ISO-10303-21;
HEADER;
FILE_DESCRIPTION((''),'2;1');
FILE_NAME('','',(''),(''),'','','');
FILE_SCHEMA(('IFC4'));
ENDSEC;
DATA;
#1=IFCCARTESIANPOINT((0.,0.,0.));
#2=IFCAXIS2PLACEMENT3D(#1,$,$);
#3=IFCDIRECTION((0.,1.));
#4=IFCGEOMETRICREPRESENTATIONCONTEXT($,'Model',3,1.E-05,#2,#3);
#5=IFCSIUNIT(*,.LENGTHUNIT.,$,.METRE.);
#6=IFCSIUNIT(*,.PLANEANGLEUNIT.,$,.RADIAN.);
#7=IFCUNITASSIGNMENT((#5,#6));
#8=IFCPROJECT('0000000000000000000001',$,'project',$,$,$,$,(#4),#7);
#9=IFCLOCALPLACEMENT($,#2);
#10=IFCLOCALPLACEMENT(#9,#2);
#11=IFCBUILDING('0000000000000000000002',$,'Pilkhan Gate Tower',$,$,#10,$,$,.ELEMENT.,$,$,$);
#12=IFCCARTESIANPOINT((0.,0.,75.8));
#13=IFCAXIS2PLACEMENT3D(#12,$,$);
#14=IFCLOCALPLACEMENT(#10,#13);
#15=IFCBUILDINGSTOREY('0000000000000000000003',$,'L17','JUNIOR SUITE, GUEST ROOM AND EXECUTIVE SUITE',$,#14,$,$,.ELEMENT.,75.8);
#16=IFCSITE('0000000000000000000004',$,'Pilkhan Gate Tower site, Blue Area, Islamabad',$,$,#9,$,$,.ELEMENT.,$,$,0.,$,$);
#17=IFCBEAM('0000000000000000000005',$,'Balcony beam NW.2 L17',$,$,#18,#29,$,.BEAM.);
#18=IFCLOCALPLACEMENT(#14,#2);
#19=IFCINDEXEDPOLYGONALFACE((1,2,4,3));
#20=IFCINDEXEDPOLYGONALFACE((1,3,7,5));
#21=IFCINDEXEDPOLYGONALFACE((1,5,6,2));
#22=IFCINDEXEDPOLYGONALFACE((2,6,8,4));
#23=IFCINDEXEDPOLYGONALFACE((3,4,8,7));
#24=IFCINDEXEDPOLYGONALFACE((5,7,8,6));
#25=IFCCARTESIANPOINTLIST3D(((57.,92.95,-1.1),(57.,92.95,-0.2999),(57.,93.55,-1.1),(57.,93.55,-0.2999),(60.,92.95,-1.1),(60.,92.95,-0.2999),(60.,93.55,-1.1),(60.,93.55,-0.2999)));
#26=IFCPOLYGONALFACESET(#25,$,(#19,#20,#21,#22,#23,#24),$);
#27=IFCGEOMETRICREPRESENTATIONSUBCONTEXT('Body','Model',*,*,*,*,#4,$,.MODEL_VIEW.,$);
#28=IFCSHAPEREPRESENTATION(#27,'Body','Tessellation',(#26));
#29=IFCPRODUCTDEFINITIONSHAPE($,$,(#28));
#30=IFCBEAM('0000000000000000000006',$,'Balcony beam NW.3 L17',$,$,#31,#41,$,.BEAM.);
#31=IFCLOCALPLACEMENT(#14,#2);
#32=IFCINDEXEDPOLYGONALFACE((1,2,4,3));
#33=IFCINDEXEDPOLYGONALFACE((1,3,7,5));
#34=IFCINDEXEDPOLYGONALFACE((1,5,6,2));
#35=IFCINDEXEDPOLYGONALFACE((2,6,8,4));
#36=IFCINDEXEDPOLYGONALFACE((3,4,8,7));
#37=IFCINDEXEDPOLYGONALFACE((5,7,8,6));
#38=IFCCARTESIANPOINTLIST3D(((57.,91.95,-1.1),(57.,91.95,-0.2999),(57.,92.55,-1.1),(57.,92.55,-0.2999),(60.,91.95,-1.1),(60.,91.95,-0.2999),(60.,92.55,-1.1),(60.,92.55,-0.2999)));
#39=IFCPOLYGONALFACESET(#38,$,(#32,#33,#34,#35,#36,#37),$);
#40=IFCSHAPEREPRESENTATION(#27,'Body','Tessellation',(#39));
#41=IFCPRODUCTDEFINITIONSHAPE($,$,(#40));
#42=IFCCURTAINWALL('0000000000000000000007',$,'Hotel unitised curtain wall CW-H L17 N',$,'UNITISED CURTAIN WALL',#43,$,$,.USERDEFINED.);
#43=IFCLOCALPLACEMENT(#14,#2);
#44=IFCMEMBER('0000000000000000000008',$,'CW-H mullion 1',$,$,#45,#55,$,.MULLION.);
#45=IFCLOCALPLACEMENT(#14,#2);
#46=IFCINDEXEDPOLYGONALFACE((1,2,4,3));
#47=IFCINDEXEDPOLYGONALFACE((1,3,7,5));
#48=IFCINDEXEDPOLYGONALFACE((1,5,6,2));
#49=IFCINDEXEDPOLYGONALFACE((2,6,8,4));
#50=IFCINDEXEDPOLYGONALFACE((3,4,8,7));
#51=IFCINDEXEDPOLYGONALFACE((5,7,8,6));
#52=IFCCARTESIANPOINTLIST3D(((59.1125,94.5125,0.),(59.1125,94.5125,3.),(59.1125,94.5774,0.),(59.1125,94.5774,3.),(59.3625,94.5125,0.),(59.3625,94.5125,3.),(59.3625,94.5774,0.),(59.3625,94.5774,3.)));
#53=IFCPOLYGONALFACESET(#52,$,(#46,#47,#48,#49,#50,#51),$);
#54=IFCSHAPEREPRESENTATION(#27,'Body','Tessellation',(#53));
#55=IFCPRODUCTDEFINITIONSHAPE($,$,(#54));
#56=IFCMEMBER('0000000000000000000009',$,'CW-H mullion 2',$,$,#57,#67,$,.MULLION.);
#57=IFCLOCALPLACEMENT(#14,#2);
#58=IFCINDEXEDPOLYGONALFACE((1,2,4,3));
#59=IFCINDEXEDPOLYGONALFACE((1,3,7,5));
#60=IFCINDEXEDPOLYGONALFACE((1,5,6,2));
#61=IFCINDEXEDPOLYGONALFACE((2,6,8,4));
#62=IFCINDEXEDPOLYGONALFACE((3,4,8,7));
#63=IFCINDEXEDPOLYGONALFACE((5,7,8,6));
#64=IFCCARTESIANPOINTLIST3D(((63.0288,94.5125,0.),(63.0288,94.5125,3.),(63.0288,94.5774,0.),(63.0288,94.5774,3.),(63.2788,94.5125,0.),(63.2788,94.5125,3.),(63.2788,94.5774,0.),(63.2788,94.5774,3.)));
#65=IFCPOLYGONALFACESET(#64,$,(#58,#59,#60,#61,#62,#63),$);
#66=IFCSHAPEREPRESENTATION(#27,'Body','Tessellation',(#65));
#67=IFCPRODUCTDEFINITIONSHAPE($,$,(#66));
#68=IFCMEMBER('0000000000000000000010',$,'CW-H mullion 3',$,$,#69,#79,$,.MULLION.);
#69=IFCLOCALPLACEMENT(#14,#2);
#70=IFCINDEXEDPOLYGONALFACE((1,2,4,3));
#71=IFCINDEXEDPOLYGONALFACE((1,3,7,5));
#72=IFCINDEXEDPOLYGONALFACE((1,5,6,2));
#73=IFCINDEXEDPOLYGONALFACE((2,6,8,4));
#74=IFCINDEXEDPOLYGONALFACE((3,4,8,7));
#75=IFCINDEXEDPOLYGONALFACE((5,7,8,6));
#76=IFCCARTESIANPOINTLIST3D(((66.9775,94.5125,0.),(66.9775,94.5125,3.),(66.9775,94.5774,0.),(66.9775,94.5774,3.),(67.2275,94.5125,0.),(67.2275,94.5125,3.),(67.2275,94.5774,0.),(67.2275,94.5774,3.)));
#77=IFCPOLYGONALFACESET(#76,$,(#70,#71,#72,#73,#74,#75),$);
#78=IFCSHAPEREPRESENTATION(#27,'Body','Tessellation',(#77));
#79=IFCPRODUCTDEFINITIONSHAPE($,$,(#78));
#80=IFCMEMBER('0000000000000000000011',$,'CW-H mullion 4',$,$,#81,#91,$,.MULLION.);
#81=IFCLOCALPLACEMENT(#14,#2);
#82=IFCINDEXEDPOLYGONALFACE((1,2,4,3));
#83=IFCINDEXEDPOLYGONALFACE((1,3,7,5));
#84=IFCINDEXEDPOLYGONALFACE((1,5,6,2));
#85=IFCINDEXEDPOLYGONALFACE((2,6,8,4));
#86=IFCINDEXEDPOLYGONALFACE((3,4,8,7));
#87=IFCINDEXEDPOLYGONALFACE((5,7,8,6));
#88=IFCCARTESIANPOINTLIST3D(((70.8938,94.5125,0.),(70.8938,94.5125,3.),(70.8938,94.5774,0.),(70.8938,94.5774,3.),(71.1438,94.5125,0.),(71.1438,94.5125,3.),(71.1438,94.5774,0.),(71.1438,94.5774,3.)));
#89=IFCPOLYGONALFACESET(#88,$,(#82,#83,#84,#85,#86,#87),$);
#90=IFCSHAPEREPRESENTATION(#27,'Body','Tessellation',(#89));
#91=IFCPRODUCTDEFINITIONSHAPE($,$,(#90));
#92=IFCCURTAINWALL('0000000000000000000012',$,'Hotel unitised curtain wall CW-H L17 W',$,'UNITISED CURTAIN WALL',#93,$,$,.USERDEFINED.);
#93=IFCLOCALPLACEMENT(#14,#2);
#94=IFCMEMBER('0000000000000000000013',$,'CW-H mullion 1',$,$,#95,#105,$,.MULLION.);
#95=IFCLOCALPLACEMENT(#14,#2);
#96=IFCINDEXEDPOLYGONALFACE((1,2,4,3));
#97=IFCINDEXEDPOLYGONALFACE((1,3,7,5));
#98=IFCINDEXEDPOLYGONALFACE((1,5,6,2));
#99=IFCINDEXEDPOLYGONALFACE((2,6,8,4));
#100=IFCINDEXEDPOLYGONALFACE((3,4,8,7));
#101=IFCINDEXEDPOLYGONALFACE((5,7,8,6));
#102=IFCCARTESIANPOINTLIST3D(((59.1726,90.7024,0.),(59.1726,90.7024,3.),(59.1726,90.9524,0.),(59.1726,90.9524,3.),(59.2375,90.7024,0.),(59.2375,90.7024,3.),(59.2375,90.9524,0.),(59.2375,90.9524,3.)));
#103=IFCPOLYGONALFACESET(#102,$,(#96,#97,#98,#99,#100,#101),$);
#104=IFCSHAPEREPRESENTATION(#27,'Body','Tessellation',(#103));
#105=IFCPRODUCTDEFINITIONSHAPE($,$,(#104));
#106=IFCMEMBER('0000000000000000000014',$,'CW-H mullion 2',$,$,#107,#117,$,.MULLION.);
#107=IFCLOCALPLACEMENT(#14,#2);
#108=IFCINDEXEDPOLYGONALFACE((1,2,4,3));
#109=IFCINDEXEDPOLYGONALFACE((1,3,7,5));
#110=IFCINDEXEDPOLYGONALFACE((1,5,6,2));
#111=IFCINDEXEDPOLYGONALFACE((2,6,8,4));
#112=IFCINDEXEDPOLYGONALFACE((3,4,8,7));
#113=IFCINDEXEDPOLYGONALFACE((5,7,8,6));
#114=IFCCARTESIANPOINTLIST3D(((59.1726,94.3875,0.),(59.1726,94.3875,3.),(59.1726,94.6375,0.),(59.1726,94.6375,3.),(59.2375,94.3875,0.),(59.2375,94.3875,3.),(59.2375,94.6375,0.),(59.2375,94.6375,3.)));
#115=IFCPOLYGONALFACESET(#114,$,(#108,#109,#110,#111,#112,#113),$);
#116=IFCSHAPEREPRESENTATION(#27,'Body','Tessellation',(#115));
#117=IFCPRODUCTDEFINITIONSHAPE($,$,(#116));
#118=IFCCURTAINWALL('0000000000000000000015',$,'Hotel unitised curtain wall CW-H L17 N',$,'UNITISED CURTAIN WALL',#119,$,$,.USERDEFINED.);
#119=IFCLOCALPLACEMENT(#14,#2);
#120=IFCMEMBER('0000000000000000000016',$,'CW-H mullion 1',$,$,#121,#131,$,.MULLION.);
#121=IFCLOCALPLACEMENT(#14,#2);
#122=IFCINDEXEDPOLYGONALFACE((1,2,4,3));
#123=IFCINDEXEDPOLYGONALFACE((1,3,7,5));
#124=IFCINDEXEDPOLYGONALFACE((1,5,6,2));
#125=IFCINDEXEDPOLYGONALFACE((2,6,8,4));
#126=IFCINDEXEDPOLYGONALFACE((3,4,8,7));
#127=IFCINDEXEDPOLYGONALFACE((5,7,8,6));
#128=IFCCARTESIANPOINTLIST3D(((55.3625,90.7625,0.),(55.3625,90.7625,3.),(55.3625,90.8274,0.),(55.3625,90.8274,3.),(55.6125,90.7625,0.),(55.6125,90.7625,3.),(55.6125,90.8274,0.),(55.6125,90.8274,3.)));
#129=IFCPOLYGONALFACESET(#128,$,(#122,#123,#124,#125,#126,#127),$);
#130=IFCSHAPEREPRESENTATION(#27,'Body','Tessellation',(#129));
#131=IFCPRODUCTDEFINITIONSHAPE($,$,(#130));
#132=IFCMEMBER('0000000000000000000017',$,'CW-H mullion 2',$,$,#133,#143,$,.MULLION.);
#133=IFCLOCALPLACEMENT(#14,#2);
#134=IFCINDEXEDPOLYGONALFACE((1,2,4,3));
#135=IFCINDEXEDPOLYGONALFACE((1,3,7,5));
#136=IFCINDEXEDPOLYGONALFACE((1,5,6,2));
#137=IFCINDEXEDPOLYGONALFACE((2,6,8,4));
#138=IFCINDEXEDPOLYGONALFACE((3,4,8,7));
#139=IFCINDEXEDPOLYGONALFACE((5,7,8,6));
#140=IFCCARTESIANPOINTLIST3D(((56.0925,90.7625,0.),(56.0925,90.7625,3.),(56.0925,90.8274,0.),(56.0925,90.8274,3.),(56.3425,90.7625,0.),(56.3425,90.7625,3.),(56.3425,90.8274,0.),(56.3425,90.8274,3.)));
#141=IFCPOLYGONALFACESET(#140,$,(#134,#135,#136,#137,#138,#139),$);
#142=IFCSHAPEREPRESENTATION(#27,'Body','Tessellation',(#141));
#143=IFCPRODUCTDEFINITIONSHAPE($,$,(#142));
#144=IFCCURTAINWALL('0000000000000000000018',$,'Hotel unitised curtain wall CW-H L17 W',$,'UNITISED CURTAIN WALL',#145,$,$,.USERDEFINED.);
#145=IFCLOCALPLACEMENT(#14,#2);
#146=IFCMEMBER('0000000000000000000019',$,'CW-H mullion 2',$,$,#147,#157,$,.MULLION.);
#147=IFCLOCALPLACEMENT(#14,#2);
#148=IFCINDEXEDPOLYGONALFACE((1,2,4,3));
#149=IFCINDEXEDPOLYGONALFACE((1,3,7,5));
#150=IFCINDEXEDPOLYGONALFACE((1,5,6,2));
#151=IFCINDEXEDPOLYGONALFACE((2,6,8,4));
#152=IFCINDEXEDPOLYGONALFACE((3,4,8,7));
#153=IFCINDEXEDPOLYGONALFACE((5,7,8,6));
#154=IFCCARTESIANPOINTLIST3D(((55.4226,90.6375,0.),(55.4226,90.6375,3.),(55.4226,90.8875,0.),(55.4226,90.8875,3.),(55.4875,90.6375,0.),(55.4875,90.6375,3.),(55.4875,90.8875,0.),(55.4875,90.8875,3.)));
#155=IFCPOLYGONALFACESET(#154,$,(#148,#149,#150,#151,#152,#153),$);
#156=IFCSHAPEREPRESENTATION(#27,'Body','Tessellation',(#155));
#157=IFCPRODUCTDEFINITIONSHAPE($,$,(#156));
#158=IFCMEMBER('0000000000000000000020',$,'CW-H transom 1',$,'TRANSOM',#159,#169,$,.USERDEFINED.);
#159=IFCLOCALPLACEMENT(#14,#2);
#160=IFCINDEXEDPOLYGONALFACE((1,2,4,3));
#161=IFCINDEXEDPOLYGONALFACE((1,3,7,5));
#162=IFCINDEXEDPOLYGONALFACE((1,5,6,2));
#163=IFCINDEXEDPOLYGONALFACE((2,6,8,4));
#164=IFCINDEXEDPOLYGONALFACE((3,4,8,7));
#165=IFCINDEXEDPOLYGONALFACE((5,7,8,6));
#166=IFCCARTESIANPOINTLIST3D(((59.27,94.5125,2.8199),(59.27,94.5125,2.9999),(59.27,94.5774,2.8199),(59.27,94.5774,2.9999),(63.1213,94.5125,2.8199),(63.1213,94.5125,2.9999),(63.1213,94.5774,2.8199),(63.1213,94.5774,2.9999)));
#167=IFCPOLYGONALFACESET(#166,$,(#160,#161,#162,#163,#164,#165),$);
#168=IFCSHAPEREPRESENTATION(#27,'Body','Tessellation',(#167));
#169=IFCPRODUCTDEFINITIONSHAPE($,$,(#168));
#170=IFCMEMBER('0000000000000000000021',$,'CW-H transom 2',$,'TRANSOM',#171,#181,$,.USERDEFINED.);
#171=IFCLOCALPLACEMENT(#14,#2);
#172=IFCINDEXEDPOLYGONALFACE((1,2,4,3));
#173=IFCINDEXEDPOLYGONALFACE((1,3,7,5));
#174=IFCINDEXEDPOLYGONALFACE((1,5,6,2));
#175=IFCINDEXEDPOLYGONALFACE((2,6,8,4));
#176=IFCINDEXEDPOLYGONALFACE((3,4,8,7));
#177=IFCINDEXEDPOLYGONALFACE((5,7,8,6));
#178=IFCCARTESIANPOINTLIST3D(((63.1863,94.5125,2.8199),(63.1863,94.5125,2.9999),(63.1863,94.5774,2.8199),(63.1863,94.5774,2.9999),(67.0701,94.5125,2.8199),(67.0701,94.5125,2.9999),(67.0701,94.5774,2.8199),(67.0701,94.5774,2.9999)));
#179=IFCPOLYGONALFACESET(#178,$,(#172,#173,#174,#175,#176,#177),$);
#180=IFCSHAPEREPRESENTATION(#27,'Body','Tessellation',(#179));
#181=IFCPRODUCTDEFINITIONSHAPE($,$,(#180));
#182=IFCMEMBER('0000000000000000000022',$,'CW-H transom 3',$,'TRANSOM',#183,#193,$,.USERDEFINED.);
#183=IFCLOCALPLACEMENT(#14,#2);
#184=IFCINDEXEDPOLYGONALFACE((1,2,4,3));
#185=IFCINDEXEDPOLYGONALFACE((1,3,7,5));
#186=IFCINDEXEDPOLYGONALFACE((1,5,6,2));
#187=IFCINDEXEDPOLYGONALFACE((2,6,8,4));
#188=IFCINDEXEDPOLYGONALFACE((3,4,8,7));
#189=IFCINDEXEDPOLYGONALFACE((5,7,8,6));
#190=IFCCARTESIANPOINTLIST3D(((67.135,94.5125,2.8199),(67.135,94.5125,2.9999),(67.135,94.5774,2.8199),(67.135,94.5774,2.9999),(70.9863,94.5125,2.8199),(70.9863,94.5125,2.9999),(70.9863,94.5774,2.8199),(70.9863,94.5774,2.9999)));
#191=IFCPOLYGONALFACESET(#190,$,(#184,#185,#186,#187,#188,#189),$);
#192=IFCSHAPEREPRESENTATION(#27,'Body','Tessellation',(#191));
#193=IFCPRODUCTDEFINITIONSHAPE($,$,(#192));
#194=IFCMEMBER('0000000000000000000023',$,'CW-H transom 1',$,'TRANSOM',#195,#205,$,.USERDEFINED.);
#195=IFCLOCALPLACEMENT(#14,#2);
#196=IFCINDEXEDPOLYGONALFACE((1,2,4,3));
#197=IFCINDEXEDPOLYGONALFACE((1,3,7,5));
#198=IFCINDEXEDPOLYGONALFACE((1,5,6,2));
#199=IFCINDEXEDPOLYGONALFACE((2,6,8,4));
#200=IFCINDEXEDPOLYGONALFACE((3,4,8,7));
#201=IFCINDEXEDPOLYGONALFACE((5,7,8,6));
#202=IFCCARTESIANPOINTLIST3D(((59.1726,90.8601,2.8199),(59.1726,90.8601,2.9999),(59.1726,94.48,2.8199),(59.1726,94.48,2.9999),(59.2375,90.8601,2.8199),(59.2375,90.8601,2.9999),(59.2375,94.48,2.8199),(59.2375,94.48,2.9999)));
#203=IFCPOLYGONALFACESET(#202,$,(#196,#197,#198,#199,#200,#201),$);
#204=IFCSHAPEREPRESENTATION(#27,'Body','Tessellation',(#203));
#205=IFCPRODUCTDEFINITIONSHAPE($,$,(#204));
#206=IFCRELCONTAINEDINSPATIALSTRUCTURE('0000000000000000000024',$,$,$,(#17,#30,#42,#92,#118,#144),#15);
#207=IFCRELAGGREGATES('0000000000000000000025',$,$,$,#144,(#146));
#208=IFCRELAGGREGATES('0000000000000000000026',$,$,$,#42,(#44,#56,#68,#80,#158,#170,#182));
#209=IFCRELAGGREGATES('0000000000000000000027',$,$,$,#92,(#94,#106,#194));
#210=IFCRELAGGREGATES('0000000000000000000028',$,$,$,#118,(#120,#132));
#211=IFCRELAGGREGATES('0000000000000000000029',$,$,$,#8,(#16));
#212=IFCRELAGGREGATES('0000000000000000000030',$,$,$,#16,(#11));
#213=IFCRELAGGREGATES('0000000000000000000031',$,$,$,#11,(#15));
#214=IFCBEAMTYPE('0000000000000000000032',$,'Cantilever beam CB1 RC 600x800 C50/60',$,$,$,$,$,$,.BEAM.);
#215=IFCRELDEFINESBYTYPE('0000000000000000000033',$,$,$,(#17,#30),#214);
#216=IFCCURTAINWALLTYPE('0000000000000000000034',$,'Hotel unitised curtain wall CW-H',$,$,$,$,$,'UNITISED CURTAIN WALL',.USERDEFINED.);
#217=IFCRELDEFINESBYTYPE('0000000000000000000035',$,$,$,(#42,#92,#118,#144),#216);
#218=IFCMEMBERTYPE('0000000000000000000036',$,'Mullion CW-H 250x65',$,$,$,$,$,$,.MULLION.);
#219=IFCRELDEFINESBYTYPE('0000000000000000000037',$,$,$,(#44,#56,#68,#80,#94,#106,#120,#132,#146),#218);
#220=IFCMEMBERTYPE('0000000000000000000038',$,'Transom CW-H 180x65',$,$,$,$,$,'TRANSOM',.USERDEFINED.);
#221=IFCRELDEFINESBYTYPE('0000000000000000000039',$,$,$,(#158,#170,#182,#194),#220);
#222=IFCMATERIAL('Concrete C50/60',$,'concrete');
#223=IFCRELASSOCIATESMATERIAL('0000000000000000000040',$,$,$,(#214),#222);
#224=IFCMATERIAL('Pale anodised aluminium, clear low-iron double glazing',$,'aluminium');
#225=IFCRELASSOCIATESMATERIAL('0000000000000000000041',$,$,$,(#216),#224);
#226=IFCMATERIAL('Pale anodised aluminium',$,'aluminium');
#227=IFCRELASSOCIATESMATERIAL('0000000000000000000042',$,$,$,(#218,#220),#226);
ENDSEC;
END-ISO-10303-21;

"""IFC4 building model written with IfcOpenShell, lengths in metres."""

from ifc_helpers import new_model, si_unit, direction, frame, origin, origin_2d, place, context, subcontext, project, spatial, rectangle, extrude, material, material_profile, profile_set, type_object, element, aggregate, save


model = new_model("IFC4")

# Units and contexts
model_context = context("Model", 3, precision=1e-05, world=origin(), true_north=direction((0.0, 1.0)))
body_context = subcontext(model_context, "Body", "Model", "MODEL_VIEW")
ifc_project = project(units=[si_unit("LENGTHUNIT", "METRE"), si_unit("PLANEANGLEUNIT", "RADIAN")], contexts=[model_context])

# Site, building, storey
site_placement = place(None, origin())
site = spatial("IfcSite", under=ifc_project, at=site_placement, Name="Pilkhan Gate Tower site, Blue Area, Islamabad", CompositionType="ELEMENT", RefElevation=0.0)
building_placement = place(site_placement, origin())
building = spatial("IfcBuilding", under=site, at=building_placement, Name="Pilkhan Gate Tower", CompositionType="ELEMENT")
storey_placement = place(building_placement, frame((0.0, 0.0, 75.8)))
storey = spatial("IfcBuildingStorey", under=building, at=storey_placement, Name="L17", Description="JUNIOR SUITE, GUEST ROOM AND EXECUTIVE SUITE", CompositionType="ELEMENT", Elevation=75.8)

# Beams
ifc_material_1 = material(Name="Concrete C50/60", Category="concrete")
ifc_material_profile_1 = material_profile(ifc_material_1, rectangle(XDim=0.6001, YDim=0.8, at=origin_2d()), Name="RC 600x800")
ifc_profile_set_1 = profile_set([ifc_material_profile_1], Name="Concrete C50/60")
beam_type = type_object("IfcBeamType", Name="Cantilever beam CB1 RC 600x800 C50/60", PredefinedType="BEAM", material=ifc_profile_set_1)
for number, where, z_axis, x_axis, name in (
    (1, (60.0, 93.25, -0.7), (-1.0, 0.0, 0.0), (0.0, -1.0, 0.0), "Balcony beam NW.2 L17"),
    (2, (60.0, 92.25, -0.7), (-1.0, 0.0, 0.0), (0.0, -1.0, 0.0), "Balcony beam NW.3 L17"),
):
    element("IfcBeam", number, at=place(storey_placement, frame(where, z_axis=z_axis, x_axis=x_axis)), inside=storey, type_object=beam_type, Name=name, PredefinedType="BEAM", context=body_context, shape_type="SweptSolid", body=[
        extrude(rectangle(XDim=0.6001, YDim=0.8, at=origin_2d()), origin(), (0.0, 0.0, 1.0), 3.0),
    ])

# Curtain walls, members
ifc_material_2 = material(Name="Pale anodised aluminium, clear low-iron double glazing", Category="aluminium")
curtain_wall_type = type_object("IfcCurtainWallType", Name="Hotel unitised curtain wall CW-H", ElementType="UNITISED CURTAIN WALL", PredefinedType="USERDEFINED", material=ifc_material_2)
curtain_wall_1_placement = place(storey_placement, origin())
curtain_wall_1 = element("IfcCurtainWall", 3, at=curtain_wall_1_placement, inside=storey, type_object=curtain_wall_type, Name="Hotel unitised curtain wall CW-H L17 N", ObjectType="UNITISED CURTAIN WALL", PredefinedType="USERDEFINED")
ifc_material_3 = material(Name="Pale anodised aluminium", Category="aluminium")
ifc_material_profile_2 = material_profile(ifc_material_3, rectangle(XDim=0.0649, YDim=0.25, at=origin_2d()), Name="Mullion 250x65")
ifc_profile_set_2 = profile_set([ifc_material_profile_2], Name="Pale anodised aluminium")
member_type_1 = type_object("IfcMemberType", Name="Mullion CW-H 250x65", PredefinedType="MULLION", material=ifc_profile_set_2)
member_1_placement = place(storey_placement, frame((59.2375, 94.5449, 0.0), z_axis=(0.0, 0.0, 1.0), x_axis=(0.0, 1.0, 0.0)))
member_1 = element("IfcMember", 4, at=member_1_placement, type_object=member_type_1, Name="CW-H mullion 1", PredefinedType="MULLION", context=body_context, shape_type="SweptSolid", body=[
    extrude(rectangle(XDim=0.0649, YDim=0.25, at=origin_2d()), origin(), (0.0, 0.0, 1.0), 3.0),
])
member_2_placement = place(storey_placement, frame((63.1538, 94.5449, 0.0), z_axis=(0.0, 0.0, 1.0), x_axis=(0.0, 1.0, 0.0)))
member_2 = element("IfcMember", 5, at=member_2_placement, type_object=member_type_1, Name="CW-H mullion 2", PredefinedType="MULLION", context=body_context, shape_type="SweptSolid", body=[
    extrude(rectangle(XDim=0.0649, YDim=0.25, at=origin_2d()), origin(), (0.0, 0.0, 1.0), 3.0),
])
member_3_placement = place(storey_placement, frame((67.1025, 94.5449, 0.0), z_axis=(0.0, 0.0, 1.0), x_axis=(0.0, 1.0, 0.0)))
member_3 = element("IfcMember", 6, at=member_3_placement, type_object=member_type_1, Name="CW-H mullion 3", PredefinedType="MULLION", context=body_context, shape_type="SweptSolid", body=[
    extrude(rectangle(XDim=0.0649, YDim=0.25, at=origin_2d()), origin(), (0.0, 0.0, 1.0), 3.0),
])
member_4_placement = place(storey_placement, frame((71.0188, 94.5449, 0.0), z_axis=(0.0, 0.0, 1.0), x_axis=(0.0, 1.0, 0.0)))
member_4 = element("IfcMember", 7, at=member_4_placement, type_object=member_type_1, Name="CW-H mullion 4", PredefinedType="MULLION", context=body_context, shape_type="SweptSolid", body=[
    extrude(rectangle(XDim=0.0649, YDim=0.25, at=origin_2d()), origin(), (0.0, 0.0, 1.0), 3.0),
])
curtain_wall_2_placement = place(storey_placement, origin())
curtain_wall_2 = element("IfcCurtainWall", 8, at=curtain_wall_2_placement, inside=storey, type_object=curtain_wall_type, Name="Hotel unitised curtain wall CW-H L17 W", ObjectType="UNITISED CURTAIN WALL", PredefinedType="USERDEFINED")
member_5_placement = place(storey_placement, frame((59.2051, 90.8274, 0.0), z_axis=(0.0, 0.0, 1.0), x_axis=(-1.0, 0.0, 0.0)))
member_5 = element("IfcMember", 9, at=member_5_placement, type_object=member_type_1, Name="CW-H mullion 1", PredefinedType="MULLION", context=body_context, shape_type="SweptSolid", body=[
    extrude(rectangle(XDim=0.0649, YDim=0.25, at=origin_2d()), origin(), (0.0, 0.0, 1.0), 3.0),
])
member_6_placement = place(storey_placement, frame((59.2051, 94.5125, 0.0), z_axis=(0.0, 0.0, 1.0), x_axis=(-1.0, 0.0, 0.0)))
member_6 = element("IfcMember", 10, at=member_6_placement, type_object=member_type_1, Name="CW-H mullion 2", PredefinedType="MULLION", context=body_context, shape_type="SweptSolid", body=[
    extrude(rectangle(XDim=0.0649, YDim=0.25, at=origin_2d()), origin(), (0.0, 0.0, 1.0), 3.0),
])
curtain_wall_3_placement = place(storey_placement, origin())
curtain_wall_3 = element("IfcCurtainWall", 11, at=curtain_wall_3_placement, inside=storey, type_object=curtain_wall_type, Name="Hotel unitised curtain wall CW-H L17 N", ObjectType="UNITISED CURTAIN WALL", PredefinedType="USERDEFINED")
member_7_placement = place(storey_placement, frame((55.4875, 90.7949, 0.0), z_axis=(0.0, 0.0, 1.0), x_axis=(0.0, 1.0, 0.0)))
member_7 = element("IfcMember", 12, at=member_7_placement, type_object=member_type_1, Name="CW-H mullion 1", PredefinedType="MULLION", context=body_context, shape_type="SweptSolid", body=[
    extrude(rectangle(XDim=0.0649, YDim=0.25, at=origin_2d()), origin(), (0.0, 0.0, 1.0), 3.0),
])
member_8_placement = place(storey_placement, frame((56.2175, 90.7949, 0.0), z_axis=(0.0, 0.0, 1.0), x_axis=(0.0, 1.0, 0.0)))
member_8 = element("IfcMember", 13, at=member_8_placement, type_object=member_type_1, Name="CW-H mullion 2", PredefinedType="MULLION", context=body_context, shape_type="SweptSolid", body=[
    extrude(rectangle(XDim=0.0649, YDim=0.25, at=origin_2d()), origin(), (0.0, 0.0, 1.0), 3.0),
])

# Curtain wall, member
curtain_wall_4_placement = place(storey_placement, origin())
curtain_wall_4 = element("IfcCurtainWall", 14, at=curtain_wall_4_placement, inside=storey, type_object=curtain_wall_type, Name="Hotel unitised curtain wall CW-H L17 W", ObjectType="UNITISED CURTAIN WALL", PredefinedType="USERDEFINED")
member_9_placement = place(storey_placement, frame((55.4551, 90.7625, 0.0), z_axis=(0.0, 0.0, 1.0), x_axis=(-1.0, 0.0, 0.0)))
member_9 = element("IfcMember", 15, at=member_9_placement, type_object=member_type_1, Name="CW-H mullion 2", PredefinedType="MULLION", context=body_context, shape_type="SweptSolid", body=[
    extrude(rectangle(XDim=0.0649, YDim=0.25, at=origin_2d()), origin(), (0.0, 0.0, 1.0), 3.0),
])
aggregate(curtain_wall_4, [member_9])

# Members
ifc_material_profile_3 = material_profile(ifc_material_3, rectangle(XDim=0.0649, YDim=0.1799, at=origin_2d()), Name="Transom 180x65")
ifc_profile_set_3 = profile_set([ifc_material_profile_3], Name="Pale anodised aluminium")
member_type_2 = type_object("IfcMemberType", Name="Transom CW-H 180x65", ElementType="TRANSOM", PredefinedType="USERDEFINED", material=ifc_profile_set_3)
member_10_placement = place(storey_placement, frame((59.27, 94.5449, 2.9099), z_axis=(1.0, 0.0, 0.0), x_axis=(0.0, 1.0, 0.0)))
member_10 = element("IfcMember", 16, at=member_10_placement, type_object=member_type_2, Name="CW-H transom 1", ObjectType="TRANSOM", PredefinedType="USERDEFINED", context=body_context, shape_type="SweptSolid", body=[
    extrude(rectangle(XDim=0.0649, YDim=0.1799, at=origin_2d()), origin(), (0.0, 0.0, 1.0), 3.8513),
])
member_11_placement = place(storey_placement, frame((63.1863, 94.5449, 2.9099), z_axis=(1.0, 0.0, 0.0), x_axis=(0.0, 1.0, 0.0)))
member_11 = element("IfcMember", 17, at=member_11_placement, type_object=member_type_2, Name="CW-H transom 2", ObjectType="TRANSOM", PredefinedType="USERDEFINED", context=body_context, shape_type="SweptSolid", body=[
    extrude(rectangle(XDim=0.0649, YDim=0.1799, at=origin_2d()), origin(), (0.0, 0.0, 1.0), 3.8838),
])
member_12_placement = place(storey_placement, frame((67.135, 94.5449, 2.9099), z_axis=(1.0, 0.0, 0.0), x_axis=(0.0, 1.0, 0.0)))
member_12 = element("IfcMember", 18, at=member_12_placement, type_object=member_type_2, Name="CW-H transom 3", ObjectType="TRANSOM", PredefinedType="USERDEFINED", context=body_context, shape_type="SweptSolid", body=[
    extrude(rectangle(XDim=0.0649, YDim=0.1799, at=origin_2d()), origin(), (0.0, 0.0, 1.0), 3.8513),
])
member_13_placement = place(storey_placement, frame((59.2051, 90.8601, 2.9099), z_axis=(0.0, 1.0, 0.0), x_axis=(-1.0, 0.0, 0.0)))
member_13 = element("IfcMember", 19, at=member_13_placement, type_object=member_type_2, Name="CW-H transom 1", ObjectType="TRANSOM", PredefinedType="USERDEFINED", context=body_context, shape_type="SweptSolid", body=[
    extrude(rectangle(XDim=0.0649, YDim=0.1799, at=origin_2d()), origin(), (0.0, 0.0, 1.0), 3.6199),
])

aggregate(curtain_wall_1, [member_1, member_2, member_3, member_4, member_10, member_11, member_12])
aggregate(curtain_wall_2, [member_5, member_6, member_13])
aggregate(curtain_wall_3, [member_7, member_8])

save(model, "model.ifc")
